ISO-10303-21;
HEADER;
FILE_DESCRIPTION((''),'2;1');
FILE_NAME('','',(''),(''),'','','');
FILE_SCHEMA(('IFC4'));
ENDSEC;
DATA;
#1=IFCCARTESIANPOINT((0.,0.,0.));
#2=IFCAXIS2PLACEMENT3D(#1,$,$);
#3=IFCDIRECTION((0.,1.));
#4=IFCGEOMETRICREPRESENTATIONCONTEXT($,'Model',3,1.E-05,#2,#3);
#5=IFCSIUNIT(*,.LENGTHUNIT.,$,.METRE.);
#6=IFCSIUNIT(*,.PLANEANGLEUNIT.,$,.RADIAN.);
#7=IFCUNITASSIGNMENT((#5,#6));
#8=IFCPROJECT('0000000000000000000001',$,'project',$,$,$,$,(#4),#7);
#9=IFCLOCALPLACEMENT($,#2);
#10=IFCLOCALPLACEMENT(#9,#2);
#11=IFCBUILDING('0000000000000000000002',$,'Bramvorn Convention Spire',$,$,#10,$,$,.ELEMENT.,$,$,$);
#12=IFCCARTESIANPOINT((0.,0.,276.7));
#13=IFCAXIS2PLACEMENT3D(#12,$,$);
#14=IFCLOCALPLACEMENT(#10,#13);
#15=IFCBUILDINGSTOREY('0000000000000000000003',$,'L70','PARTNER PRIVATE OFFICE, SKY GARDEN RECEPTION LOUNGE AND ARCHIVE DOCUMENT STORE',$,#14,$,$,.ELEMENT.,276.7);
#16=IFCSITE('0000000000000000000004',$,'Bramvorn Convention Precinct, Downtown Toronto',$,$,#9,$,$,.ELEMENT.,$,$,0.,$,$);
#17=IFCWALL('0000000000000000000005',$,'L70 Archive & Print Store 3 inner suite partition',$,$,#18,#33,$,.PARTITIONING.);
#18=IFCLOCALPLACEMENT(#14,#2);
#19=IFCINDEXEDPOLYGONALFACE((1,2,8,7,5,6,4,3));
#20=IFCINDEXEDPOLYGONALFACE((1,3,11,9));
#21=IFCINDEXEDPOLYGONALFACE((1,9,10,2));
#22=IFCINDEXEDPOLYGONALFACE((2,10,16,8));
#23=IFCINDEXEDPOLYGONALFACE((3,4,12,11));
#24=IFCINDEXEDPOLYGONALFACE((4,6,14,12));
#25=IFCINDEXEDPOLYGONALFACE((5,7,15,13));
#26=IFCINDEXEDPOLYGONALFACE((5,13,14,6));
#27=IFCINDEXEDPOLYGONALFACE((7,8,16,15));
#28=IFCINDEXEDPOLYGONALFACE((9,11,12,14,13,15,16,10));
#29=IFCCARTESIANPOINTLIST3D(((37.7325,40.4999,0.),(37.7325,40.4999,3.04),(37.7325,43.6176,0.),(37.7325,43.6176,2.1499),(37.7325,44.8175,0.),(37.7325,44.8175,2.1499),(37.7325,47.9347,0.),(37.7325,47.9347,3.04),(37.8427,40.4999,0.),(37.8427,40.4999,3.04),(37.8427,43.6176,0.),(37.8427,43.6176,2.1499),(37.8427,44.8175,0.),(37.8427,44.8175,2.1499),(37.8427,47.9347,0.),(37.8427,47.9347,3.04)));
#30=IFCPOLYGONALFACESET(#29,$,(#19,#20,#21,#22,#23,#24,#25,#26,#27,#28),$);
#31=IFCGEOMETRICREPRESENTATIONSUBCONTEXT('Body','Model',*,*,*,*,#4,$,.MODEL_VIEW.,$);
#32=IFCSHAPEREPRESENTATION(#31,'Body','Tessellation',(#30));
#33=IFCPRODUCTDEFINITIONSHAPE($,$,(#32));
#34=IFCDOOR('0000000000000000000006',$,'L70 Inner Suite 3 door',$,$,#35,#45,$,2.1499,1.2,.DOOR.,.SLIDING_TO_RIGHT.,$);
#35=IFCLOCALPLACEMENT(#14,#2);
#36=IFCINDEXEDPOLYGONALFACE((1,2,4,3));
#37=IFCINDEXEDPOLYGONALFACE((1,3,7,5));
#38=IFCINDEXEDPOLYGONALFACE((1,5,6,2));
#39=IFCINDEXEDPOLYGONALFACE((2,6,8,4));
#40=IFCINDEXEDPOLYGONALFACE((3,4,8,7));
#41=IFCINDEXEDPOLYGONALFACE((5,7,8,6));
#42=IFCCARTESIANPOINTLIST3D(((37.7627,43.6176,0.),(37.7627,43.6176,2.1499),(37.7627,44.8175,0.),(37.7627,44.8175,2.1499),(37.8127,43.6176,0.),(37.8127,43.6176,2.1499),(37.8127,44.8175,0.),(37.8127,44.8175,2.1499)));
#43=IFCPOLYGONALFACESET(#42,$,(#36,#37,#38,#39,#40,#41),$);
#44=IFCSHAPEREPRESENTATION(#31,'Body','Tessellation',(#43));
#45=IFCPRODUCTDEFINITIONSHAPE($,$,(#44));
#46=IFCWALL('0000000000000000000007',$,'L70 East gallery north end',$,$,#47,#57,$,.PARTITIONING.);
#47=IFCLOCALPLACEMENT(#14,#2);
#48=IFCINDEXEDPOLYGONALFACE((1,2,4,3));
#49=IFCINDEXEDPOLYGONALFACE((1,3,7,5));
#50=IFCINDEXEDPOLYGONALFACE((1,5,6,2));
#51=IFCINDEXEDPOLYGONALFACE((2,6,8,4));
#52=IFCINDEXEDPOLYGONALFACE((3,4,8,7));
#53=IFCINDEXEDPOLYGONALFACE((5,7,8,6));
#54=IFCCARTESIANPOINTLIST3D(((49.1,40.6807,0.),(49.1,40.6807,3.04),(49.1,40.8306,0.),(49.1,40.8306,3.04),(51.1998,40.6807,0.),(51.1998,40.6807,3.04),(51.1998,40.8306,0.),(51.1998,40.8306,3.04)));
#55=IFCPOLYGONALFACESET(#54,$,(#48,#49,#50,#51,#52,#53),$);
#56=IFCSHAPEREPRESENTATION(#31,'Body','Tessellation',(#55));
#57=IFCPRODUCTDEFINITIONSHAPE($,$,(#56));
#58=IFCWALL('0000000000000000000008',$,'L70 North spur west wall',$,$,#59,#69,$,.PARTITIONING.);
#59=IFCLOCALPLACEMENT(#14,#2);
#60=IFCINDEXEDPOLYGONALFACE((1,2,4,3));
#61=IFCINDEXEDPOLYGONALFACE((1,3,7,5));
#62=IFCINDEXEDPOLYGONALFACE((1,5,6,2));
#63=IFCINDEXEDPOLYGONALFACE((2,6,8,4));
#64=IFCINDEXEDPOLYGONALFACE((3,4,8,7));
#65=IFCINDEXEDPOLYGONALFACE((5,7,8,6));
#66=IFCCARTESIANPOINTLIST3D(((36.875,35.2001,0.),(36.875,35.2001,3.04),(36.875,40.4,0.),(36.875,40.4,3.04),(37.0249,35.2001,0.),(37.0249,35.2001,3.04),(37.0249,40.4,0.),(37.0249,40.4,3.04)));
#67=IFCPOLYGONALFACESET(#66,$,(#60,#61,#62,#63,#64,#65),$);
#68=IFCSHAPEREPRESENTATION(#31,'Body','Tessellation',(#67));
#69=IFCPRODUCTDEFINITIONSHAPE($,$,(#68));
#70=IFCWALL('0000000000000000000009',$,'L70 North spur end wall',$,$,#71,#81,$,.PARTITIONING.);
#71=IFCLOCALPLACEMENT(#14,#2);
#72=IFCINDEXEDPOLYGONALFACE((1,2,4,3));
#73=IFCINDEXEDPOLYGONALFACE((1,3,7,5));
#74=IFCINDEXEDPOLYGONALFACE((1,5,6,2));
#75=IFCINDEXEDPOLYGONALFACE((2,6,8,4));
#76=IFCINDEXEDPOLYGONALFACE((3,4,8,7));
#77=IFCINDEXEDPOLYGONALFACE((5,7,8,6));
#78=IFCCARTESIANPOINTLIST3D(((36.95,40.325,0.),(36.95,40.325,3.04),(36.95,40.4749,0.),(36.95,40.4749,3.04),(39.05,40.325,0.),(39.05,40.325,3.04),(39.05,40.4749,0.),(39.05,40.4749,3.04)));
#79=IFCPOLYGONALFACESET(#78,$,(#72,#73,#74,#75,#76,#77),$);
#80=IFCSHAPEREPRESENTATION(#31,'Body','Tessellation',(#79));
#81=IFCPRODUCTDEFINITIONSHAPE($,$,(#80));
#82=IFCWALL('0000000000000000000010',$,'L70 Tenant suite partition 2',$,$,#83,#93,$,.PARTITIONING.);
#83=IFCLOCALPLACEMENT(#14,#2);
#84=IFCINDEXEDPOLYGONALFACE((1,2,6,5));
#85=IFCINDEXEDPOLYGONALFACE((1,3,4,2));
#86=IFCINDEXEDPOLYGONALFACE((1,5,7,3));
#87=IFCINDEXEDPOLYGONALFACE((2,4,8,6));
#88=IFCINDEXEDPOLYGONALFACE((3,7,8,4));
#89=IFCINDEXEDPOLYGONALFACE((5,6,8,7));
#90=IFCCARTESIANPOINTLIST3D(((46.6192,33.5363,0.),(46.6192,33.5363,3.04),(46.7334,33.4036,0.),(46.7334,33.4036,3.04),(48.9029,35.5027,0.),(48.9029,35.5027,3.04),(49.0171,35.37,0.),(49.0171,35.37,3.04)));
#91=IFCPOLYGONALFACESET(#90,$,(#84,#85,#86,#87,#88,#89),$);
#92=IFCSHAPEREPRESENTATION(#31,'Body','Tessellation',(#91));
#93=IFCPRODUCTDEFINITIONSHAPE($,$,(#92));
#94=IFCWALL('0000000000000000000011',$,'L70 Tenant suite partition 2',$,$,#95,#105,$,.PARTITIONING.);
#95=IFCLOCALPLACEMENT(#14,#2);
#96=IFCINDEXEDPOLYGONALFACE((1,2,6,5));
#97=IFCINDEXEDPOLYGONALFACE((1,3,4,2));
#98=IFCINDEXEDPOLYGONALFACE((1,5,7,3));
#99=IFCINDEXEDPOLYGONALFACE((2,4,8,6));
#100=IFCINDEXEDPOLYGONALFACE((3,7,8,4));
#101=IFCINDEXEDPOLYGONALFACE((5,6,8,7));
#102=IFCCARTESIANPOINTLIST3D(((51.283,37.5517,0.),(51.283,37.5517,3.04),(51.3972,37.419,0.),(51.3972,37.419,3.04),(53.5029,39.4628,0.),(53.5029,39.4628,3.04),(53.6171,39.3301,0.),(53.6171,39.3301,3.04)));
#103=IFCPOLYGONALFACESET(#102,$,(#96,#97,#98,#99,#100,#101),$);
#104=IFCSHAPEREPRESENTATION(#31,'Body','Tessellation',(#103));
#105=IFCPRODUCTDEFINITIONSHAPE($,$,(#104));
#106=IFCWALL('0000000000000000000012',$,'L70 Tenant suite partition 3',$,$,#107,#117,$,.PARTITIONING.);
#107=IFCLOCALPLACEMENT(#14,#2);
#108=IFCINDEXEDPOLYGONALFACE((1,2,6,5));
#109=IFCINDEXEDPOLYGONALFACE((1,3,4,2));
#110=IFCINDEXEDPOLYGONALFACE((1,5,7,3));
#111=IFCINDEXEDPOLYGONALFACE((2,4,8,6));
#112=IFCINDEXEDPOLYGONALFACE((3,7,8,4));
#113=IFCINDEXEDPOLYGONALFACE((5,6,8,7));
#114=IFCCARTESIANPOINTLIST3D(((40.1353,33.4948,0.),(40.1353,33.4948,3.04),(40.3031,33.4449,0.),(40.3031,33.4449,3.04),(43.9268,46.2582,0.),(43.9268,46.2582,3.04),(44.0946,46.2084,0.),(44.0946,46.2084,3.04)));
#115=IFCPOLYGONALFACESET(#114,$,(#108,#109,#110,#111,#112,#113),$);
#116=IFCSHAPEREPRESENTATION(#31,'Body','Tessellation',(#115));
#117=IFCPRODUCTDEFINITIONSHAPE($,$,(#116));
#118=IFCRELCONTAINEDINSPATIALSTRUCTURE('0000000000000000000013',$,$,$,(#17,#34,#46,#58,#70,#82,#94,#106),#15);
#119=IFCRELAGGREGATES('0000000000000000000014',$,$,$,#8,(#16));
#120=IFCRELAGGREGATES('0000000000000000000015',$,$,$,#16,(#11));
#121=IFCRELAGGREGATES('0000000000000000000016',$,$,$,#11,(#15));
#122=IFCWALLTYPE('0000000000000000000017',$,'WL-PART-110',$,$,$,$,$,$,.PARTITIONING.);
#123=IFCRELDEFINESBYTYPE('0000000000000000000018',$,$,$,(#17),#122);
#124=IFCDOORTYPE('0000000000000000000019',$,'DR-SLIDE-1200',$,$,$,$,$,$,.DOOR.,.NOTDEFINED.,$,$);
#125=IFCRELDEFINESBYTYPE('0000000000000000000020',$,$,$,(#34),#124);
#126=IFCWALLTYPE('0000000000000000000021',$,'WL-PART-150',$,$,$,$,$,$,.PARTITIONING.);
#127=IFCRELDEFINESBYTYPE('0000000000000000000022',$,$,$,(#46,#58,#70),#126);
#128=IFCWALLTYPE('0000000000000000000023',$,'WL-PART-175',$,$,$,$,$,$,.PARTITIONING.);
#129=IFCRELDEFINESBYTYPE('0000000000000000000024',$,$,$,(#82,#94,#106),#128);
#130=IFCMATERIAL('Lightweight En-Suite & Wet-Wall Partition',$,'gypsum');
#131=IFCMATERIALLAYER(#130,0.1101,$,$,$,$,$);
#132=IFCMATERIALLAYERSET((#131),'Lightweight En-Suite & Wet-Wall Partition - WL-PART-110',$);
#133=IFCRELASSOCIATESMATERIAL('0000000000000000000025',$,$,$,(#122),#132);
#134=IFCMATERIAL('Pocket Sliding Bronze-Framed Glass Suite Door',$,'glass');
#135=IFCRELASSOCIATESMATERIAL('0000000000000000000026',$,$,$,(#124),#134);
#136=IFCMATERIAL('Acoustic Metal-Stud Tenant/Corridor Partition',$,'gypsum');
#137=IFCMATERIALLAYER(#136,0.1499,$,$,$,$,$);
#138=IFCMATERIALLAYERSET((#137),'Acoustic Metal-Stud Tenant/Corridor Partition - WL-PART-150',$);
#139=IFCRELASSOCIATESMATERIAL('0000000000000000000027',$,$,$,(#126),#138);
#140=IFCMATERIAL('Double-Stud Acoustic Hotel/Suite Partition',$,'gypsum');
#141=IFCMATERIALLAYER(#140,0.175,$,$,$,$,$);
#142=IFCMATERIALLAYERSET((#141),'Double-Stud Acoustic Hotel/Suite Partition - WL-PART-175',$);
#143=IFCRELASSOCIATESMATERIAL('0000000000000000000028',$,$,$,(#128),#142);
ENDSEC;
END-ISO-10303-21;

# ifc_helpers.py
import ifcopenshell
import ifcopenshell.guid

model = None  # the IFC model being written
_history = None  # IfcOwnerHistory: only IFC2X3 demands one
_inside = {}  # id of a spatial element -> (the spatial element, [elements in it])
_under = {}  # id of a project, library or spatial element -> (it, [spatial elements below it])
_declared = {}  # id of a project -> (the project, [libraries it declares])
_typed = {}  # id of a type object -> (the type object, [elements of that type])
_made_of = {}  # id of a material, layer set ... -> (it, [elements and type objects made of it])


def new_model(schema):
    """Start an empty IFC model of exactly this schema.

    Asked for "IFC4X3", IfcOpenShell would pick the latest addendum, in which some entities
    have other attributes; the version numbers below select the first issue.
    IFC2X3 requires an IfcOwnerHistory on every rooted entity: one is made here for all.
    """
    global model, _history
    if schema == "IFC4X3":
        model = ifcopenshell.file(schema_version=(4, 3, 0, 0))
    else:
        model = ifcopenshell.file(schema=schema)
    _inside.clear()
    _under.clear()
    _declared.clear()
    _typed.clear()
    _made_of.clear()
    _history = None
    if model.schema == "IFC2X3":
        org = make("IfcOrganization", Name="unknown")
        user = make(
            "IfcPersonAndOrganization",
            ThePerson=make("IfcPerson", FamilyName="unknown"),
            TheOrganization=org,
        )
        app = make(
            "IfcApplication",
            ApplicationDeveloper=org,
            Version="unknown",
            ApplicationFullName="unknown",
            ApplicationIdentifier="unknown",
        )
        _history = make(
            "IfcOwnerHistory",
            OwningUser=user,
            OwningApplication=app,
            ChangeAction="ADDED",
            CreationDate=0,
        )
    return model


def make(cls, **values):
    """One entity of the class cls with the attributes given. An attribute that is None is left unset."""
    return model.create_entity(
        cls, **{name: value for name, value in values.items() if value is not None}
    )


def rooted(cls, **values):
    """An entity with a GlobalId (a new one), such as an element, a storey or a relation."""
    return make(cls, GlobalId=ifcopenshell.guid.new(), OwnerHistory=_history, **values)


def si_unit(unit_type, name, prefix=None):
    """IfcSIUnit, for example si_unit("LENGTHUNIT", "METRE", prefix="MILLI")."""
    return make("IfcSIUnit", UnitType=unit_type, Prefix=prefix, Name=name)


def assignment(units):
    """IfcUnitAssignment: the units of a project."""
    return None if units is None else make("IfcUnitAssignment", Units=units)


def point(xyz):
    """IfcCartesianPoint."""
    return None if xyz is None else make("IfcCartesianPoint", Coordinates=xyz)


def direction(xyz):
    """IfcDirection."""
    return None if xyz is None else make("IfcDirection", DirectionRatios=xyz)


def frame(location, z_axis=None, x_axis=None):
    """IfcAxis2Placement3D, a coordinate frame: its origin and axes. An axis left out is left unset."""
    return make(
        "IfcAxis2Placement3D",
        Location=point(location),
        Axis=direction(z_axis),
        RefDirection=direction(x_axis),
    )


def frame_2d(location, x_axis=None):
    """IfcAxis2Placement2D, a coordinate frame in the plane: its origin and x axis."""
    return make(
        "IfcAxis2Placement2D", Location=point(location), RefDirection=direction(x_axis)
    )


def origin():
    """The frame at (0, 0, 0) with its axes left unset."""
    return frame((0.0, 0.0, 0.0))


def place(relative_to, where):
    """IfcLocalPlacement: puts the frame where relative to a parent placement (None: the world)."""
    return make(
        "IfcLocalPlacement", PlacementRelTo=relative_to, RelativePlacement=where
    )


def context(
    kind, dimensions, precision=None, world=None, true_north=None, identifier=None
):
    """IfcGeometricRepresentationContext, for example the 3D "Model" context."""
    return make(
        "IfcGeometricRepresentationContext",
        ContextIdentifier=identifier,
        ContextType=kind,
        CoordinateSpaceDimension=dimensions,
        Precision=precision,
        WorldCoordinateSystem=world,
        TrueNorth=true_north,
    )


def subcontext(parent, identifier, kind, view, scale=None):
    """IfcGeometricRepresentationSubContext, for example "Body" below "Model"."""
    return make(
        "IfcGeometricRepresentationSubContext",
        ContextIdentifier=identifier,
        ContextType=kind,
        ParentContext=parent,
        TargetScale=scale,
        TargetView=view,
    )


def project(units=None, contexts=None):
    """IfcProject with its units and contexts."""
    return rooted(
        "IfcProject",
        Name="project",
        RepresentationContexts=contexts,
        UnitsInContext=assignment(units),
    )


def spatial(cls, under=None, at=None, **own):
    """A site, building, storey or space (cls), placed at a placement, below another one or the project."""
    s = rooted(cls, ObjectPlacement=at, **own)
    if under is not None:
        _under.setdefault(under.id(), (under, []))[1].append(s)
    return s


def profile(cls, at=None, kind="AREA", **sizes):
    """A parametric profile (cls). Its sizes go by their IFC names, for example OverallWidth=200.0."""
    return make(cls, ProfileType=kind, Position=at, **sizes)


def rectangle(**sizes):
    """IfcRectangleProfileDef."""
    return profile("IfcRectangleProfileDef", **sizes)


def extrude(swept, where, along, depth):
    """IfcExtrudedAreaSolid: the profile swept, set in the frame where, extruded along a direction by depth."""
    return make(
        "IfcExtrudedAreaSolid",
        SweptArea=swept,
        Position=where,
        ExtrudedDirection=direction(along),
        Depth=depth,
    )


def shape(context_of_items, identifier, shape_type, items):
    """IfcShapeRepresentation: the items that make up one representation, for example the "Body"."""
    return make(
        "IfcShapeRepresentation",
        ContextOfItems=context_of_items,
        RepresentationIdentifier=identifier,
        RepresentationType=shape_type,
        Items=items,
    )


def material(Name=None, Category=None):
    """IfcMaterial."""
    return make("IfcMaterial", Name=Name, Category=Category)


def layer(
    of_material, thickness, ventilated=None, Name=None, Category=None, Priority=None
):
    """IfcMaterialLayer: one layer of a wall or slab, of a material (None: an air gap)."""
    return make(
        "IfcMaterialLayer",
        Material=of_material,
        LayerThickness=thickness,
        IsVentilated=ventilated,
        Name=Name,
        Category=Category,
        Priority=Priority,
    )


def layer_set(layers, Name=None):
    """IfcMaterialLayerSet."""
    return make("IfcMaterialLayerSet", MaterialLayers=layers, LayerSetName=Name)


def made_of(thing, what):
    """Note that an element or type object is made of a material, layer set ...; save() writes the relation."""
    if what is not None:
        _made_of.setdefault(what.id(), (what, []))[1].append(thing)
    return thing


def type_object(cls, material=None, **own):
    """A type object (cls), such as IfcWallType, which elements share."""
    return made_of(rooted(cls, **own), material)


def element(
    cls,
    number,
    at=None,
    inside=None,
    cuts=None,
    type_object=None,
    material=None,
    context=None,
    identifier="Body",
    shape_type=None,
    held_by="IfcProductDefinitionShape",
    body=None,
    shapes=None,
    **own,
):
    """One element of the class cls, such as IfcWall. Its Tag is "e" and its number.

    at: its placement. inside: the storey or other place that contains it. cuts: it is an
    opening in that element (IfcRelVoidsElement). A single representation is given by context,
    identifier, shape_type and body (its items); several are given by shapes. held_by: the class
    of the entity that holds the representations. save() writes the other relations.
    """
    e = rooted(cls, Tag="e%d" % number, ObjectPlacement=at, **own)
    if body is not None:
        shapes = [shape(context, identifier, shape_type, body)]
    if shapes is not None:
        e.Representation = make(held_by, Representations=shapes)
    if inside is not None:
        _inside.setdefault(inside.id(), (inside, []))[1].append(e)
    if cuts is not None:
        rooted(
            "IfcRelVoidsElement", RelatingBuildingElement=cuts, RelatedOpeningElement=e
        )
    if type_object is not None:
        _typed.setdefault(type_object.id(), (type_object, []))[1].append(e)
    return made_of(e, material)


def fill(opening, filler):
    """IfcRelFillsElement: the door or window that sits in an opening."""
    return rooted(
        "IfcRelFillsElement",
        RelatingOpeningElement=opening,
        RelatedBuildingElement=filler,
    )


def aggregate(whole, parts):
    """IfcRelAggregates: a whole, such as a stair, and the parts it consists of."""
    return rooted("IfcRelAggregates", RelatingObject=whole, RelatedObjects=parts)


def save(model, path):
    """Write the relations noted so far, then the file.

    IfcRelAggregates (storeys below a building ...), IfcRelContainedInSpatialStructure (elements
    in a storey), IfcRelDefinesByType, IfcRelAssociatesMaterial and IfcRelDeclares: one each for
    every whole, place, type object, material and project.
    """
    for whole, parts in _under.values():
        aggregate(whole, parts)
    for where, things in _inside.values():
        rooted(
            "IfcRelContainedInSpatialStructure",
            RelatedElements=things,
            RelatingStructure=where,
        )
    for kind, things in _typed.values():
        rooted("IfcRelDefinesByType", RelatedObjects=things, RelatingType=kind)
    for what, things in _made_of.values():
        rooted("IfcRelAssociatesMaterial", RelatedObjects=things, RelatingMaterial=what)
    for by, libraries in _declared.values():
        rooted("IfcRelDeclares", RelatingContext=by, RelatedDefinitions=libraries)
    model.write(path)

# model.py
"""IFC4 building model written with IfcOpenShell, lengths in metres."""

from ifc_helpers import new_model, si_unit, direction, frame, frame_2d, origin, place, context, subcontext, project, spatial, rectangle, extrude, material, layer, layer_set, type_object, element, fill, save


model = new_model("IFC4")

# Units and contexts
model_context = context("Model", 3, precision=1e-05, world=origin(), true_north=direction((0.0, 1.0)))
body_context = subcontext(model_context, "Body", "Model", "MODEL_VIEW")
ifc_project = project(units=[si_unit("LENGTHUNIT", "METRE"), si_unit("PLANEANGLEUNIT", "RADIAN")], contexts=[model_context])

# Site, building, storey
site_placement = place(None, origin())
site = spatial("IfcSite", under=ifc_project, at=site_placement, Name="Bramvorn Convention Precinct, Downtown Toronto", CompositionType="ELEMENT", RefElevation=0.0)
building_placement = place(site_placement, origin())
building = spatial("IfcBuilding", under=site, at=building_placement, Name="Bramvorn Convention Spire", CompositionType="ELEMENT")
storey_placement = place(building_placement, frame((0.0, 0.0, 276.7)))
storey = spatial("IfcBuildingStorey", under=building, at=storey_placement, Name="L70", Description="PARTNER PRIVATE OFFICE, SKY GARDEN RECEPTION LOUNGE AND ARCHIVE DOCUMENT STORE", CompositionType="ELEMENT", Elevation=276.7)

# Wall, opening, door
ifc_material_1 = material(Name="Lightweight En-Suite & Wet-Wall Partition", Category="gypsum")
ifc_layer_1 = layer(ifc_material_1, 0.1101)
ifc_layer_set_1 = layer_set([ifc_layer_1], Name="Lightweight En-Suite & Wet-Wall Partition - WL-PART-110")
wall_type_1 = type_object("IfcWallType", Name="WL-PART-110", PredefinedType="PARTITIONING", material=ifc_layer_set_1)
wall_1_placement = place(storey_placement, frame((37.7876, 40.5, 0.0), z_axis=(0.0, 0.0, 1.0), x_axis=(0.0, 1.0, 0.0)))
wall_1 = element("IfcWall", 1, at=wall_1_placement, inside=storey, type_object=wall_type_1, Name="L70 Archive & Print Store 3 inner suite partition", PredefinedType="PARTITIONING", context=body_context, shape_type="SweptSolid", body=[
    extrude(rectangle(XDim=7.4348, YDim=0.1101, at=frame_2d((3.7173, 0.0))), origin(), (0.0, 0.0, 1.0), 3.04),
])
opening_placement = place(wall_1_placement, frame((3.1174, 0.0, 0.0)))
opening = element("IfcOpeningElement", 2, at=opening_placement, cuts=wall_1, PredefinedType="OPENING", context=body_context, shape_type="SweptSolid", body=[
    extrude(rectangle(XDim=1.2, YDim=2.1499, at=frame_2d((0.6001, 1.075))), frame((0.0, 0.0649, 0.0), z_axis=(0.0, -1.0, 0.0), x_axis=(1.0, 0.0, 0.0)), (0.0, 0.0, 1.0), 0.1301),
])
ifc_material_2 = material(Name="Pocket Sliding Bronze-Framed Glass Suite Door", Category="glass")
door_type = type_object("IfcDoorType", Name="DR-SLIDE-1200", OperationType="NOTDEFINED", PredefinedType="DOOR", material=ifc_material_2)
door_placement = place(opening_placement, origin())
door = element("IfcDoor", 3, at=door_placement, inside=storey, type_object=door_type, Name="L70 Inner Suite 3 door", OperationType="SLIDING_TO_RIGHT", OverallHeight=2.1499, OverallWidth=1.2, PredefinedType="DOOR", context=body_context, shape_type="SweptSolid", body=[
    extrude(rectangle(XDim=1.2, YDim=2.1499, at=frame_2d((0.6001, 1.075))), frame((0.0, 0.0249, 0.0), z_axis=(0.0, -1.0, 0.0), x_axis=(1.0, 0.0, 0.0)), (0.0, 0.0, 1.0), 0.05),
])
fill(opening, door)

# Walls
ifc_material_3 = material(Name="Acoustic Metal-Stud Tenant/Corridor Partition", Category="gypsum")
ifc_layer_2 = layer(ifc_material_3, 0.1499)
ifc_layer_set_2 = layer_set([ifc_layer_2], Name="Acoustic Metal-Stud Tenant/Corridor Partition - WL-PART-150")
wall_type_2 = type_object("IfcWallType", Name="WL-PART-150", PredefinedType="PARTITIONING", material=ifc_layer_set_2)
wall_2_placement = place(storey_placement, frame((49.1001, 40.7556, 0.0), z_axis=(0.0, 0.0, 1.0), x_axis=(1.0, 0.0, 0.0)))
element("IfcWall", 4, at=wall_2_placement, inside=storey, type_object=wall_type_2, Name="L70 East gallery north end", PredefinedType="PARTITIONING", context=body_context, shape_type="SweptSolid", body=[
    extrude(rectangle(XDim=2.0999, YDim=0.1499, at=frame_2d((1.0498, 0.0))), origin(), (0.0, 0.0, 1.0), 3.04),
])
wall_3_placement = place(storey_placement, frame((36.95, 35.2, 0.0), z_axis=(0.0, 0.0, 1.0), x_axis=(0.0, 1.0, 0.0)))
element("IfcWall", 5, at=wall_3_placement, inside=storey, type_object=wall_type_2, Name="L70 North spur west wall", PredefinedType="PARTITIONING", context=body_context, shape_type="SweptSolid", body=[
    extrude(rectangle(XDim=5.2, YDim=0.1499, at=frame_2d((2.6001, 0.0))), origin(), (0.0, 0.0, 1.0), 3.04),
])
wall_4_placement = place(storey_placement, frame((36.95, 40.3999, 0.0), z_axis=(0.0, 0.0, 1.0), x_axis=(1.0, 0.0, 0.0)))
element("IfcWall", 6, at=wall_4_placement, inside=storey, type_object=wall_type_2, Name="L70 North spur end wall", PredefinedType="PARTITIONING", context=body_context, shape_type="SweptSolid", body=[
    extrude(rectangle(XDim=2.1001, YDim=0.1499, at=frame_2d((1.05, 0.0))), origin(), (0.0, 0.0, 1.0), 3.04),
])
ifc_material_4 = material(Name="Double-Stud Acoustic Hotel/Suite Partition", Category="gypsum")
ifc_layer_3 = layer(ifc_material_4, 0.175)
ifc_layer_set_3 = layer_set([ifc_layer_3], Name="Double-Stud Acoustic Hotel/Suite Partition - WL-PART-175")
wall_type_3 = type_object("IfcWallType", Name="WL-PART-175", PredefinedType="PARTITIONING", material=ifc_layer_set_3)
wall_5_placement = place(storey_placement, frame((46.6763, 33.47, 0.0), z_axis=(0.0, 0.0, 1.0), x_axis=(0.757802, 0.652484, 0.0)))
element("IfcWall", 7, at=wall_5_placement, inside=storey, type_object=wall_type_3, Name="L70 Tenant suite partition 2", PredefinedType="PARTITIONING", context=body_context, shape_type="SweptSolid", body=[
    extrude(rectangle(XDim=3.0137, YDim=0.175, at=frame_2d((1.5068, 0.0))), origin(), (0.0, 0.0, 1.0), 3.04),
])
wall_6_placement = place(storey_placement, frame((51.3401, 37.4854, 0.0), z_axis=(0.0, 0.0, 1.0), x_axis=(0.757855, 0.652423, 0.0)))
element("IfcWall", 8, at=wall_6_placement, inside=storey, type_object=wall_type_3, Name="L70 Tenant suite partition 2", PredefinedType="PARTITIONING", context=body_context, shape_type="SweptSolid", body=[
    extrude(rectangle(XDim=2.9292, YDim=0.175, at=frame_2d((1.4646, 0.0))), origin(), (0.0, 0.0, 1.0), 3.04),
])
wall_7_placement = place(storey_placement, frame((40.2192, 33.47, 0.0), z_axis=(0.0, 0.0, 1.0), x_axis=(0.284761, 0.958598, 0.0)))
element("IfcWall", 9, at=wall_7_placement, inside=storey, type_object=wall_type_3, Name="L70 Tenant suite partition 3", PredefinedType="PARTITIONING", context=body_context, shape_type="SweptSolid", body=[
    extrude(rectangle(XDim=13.3147, YDim=0.175, at=frame_2d((6.6572, 0.0))), origin(), (0.0, 0.0, 1.0), 3.04),
])

save(model, "model.ifc")
